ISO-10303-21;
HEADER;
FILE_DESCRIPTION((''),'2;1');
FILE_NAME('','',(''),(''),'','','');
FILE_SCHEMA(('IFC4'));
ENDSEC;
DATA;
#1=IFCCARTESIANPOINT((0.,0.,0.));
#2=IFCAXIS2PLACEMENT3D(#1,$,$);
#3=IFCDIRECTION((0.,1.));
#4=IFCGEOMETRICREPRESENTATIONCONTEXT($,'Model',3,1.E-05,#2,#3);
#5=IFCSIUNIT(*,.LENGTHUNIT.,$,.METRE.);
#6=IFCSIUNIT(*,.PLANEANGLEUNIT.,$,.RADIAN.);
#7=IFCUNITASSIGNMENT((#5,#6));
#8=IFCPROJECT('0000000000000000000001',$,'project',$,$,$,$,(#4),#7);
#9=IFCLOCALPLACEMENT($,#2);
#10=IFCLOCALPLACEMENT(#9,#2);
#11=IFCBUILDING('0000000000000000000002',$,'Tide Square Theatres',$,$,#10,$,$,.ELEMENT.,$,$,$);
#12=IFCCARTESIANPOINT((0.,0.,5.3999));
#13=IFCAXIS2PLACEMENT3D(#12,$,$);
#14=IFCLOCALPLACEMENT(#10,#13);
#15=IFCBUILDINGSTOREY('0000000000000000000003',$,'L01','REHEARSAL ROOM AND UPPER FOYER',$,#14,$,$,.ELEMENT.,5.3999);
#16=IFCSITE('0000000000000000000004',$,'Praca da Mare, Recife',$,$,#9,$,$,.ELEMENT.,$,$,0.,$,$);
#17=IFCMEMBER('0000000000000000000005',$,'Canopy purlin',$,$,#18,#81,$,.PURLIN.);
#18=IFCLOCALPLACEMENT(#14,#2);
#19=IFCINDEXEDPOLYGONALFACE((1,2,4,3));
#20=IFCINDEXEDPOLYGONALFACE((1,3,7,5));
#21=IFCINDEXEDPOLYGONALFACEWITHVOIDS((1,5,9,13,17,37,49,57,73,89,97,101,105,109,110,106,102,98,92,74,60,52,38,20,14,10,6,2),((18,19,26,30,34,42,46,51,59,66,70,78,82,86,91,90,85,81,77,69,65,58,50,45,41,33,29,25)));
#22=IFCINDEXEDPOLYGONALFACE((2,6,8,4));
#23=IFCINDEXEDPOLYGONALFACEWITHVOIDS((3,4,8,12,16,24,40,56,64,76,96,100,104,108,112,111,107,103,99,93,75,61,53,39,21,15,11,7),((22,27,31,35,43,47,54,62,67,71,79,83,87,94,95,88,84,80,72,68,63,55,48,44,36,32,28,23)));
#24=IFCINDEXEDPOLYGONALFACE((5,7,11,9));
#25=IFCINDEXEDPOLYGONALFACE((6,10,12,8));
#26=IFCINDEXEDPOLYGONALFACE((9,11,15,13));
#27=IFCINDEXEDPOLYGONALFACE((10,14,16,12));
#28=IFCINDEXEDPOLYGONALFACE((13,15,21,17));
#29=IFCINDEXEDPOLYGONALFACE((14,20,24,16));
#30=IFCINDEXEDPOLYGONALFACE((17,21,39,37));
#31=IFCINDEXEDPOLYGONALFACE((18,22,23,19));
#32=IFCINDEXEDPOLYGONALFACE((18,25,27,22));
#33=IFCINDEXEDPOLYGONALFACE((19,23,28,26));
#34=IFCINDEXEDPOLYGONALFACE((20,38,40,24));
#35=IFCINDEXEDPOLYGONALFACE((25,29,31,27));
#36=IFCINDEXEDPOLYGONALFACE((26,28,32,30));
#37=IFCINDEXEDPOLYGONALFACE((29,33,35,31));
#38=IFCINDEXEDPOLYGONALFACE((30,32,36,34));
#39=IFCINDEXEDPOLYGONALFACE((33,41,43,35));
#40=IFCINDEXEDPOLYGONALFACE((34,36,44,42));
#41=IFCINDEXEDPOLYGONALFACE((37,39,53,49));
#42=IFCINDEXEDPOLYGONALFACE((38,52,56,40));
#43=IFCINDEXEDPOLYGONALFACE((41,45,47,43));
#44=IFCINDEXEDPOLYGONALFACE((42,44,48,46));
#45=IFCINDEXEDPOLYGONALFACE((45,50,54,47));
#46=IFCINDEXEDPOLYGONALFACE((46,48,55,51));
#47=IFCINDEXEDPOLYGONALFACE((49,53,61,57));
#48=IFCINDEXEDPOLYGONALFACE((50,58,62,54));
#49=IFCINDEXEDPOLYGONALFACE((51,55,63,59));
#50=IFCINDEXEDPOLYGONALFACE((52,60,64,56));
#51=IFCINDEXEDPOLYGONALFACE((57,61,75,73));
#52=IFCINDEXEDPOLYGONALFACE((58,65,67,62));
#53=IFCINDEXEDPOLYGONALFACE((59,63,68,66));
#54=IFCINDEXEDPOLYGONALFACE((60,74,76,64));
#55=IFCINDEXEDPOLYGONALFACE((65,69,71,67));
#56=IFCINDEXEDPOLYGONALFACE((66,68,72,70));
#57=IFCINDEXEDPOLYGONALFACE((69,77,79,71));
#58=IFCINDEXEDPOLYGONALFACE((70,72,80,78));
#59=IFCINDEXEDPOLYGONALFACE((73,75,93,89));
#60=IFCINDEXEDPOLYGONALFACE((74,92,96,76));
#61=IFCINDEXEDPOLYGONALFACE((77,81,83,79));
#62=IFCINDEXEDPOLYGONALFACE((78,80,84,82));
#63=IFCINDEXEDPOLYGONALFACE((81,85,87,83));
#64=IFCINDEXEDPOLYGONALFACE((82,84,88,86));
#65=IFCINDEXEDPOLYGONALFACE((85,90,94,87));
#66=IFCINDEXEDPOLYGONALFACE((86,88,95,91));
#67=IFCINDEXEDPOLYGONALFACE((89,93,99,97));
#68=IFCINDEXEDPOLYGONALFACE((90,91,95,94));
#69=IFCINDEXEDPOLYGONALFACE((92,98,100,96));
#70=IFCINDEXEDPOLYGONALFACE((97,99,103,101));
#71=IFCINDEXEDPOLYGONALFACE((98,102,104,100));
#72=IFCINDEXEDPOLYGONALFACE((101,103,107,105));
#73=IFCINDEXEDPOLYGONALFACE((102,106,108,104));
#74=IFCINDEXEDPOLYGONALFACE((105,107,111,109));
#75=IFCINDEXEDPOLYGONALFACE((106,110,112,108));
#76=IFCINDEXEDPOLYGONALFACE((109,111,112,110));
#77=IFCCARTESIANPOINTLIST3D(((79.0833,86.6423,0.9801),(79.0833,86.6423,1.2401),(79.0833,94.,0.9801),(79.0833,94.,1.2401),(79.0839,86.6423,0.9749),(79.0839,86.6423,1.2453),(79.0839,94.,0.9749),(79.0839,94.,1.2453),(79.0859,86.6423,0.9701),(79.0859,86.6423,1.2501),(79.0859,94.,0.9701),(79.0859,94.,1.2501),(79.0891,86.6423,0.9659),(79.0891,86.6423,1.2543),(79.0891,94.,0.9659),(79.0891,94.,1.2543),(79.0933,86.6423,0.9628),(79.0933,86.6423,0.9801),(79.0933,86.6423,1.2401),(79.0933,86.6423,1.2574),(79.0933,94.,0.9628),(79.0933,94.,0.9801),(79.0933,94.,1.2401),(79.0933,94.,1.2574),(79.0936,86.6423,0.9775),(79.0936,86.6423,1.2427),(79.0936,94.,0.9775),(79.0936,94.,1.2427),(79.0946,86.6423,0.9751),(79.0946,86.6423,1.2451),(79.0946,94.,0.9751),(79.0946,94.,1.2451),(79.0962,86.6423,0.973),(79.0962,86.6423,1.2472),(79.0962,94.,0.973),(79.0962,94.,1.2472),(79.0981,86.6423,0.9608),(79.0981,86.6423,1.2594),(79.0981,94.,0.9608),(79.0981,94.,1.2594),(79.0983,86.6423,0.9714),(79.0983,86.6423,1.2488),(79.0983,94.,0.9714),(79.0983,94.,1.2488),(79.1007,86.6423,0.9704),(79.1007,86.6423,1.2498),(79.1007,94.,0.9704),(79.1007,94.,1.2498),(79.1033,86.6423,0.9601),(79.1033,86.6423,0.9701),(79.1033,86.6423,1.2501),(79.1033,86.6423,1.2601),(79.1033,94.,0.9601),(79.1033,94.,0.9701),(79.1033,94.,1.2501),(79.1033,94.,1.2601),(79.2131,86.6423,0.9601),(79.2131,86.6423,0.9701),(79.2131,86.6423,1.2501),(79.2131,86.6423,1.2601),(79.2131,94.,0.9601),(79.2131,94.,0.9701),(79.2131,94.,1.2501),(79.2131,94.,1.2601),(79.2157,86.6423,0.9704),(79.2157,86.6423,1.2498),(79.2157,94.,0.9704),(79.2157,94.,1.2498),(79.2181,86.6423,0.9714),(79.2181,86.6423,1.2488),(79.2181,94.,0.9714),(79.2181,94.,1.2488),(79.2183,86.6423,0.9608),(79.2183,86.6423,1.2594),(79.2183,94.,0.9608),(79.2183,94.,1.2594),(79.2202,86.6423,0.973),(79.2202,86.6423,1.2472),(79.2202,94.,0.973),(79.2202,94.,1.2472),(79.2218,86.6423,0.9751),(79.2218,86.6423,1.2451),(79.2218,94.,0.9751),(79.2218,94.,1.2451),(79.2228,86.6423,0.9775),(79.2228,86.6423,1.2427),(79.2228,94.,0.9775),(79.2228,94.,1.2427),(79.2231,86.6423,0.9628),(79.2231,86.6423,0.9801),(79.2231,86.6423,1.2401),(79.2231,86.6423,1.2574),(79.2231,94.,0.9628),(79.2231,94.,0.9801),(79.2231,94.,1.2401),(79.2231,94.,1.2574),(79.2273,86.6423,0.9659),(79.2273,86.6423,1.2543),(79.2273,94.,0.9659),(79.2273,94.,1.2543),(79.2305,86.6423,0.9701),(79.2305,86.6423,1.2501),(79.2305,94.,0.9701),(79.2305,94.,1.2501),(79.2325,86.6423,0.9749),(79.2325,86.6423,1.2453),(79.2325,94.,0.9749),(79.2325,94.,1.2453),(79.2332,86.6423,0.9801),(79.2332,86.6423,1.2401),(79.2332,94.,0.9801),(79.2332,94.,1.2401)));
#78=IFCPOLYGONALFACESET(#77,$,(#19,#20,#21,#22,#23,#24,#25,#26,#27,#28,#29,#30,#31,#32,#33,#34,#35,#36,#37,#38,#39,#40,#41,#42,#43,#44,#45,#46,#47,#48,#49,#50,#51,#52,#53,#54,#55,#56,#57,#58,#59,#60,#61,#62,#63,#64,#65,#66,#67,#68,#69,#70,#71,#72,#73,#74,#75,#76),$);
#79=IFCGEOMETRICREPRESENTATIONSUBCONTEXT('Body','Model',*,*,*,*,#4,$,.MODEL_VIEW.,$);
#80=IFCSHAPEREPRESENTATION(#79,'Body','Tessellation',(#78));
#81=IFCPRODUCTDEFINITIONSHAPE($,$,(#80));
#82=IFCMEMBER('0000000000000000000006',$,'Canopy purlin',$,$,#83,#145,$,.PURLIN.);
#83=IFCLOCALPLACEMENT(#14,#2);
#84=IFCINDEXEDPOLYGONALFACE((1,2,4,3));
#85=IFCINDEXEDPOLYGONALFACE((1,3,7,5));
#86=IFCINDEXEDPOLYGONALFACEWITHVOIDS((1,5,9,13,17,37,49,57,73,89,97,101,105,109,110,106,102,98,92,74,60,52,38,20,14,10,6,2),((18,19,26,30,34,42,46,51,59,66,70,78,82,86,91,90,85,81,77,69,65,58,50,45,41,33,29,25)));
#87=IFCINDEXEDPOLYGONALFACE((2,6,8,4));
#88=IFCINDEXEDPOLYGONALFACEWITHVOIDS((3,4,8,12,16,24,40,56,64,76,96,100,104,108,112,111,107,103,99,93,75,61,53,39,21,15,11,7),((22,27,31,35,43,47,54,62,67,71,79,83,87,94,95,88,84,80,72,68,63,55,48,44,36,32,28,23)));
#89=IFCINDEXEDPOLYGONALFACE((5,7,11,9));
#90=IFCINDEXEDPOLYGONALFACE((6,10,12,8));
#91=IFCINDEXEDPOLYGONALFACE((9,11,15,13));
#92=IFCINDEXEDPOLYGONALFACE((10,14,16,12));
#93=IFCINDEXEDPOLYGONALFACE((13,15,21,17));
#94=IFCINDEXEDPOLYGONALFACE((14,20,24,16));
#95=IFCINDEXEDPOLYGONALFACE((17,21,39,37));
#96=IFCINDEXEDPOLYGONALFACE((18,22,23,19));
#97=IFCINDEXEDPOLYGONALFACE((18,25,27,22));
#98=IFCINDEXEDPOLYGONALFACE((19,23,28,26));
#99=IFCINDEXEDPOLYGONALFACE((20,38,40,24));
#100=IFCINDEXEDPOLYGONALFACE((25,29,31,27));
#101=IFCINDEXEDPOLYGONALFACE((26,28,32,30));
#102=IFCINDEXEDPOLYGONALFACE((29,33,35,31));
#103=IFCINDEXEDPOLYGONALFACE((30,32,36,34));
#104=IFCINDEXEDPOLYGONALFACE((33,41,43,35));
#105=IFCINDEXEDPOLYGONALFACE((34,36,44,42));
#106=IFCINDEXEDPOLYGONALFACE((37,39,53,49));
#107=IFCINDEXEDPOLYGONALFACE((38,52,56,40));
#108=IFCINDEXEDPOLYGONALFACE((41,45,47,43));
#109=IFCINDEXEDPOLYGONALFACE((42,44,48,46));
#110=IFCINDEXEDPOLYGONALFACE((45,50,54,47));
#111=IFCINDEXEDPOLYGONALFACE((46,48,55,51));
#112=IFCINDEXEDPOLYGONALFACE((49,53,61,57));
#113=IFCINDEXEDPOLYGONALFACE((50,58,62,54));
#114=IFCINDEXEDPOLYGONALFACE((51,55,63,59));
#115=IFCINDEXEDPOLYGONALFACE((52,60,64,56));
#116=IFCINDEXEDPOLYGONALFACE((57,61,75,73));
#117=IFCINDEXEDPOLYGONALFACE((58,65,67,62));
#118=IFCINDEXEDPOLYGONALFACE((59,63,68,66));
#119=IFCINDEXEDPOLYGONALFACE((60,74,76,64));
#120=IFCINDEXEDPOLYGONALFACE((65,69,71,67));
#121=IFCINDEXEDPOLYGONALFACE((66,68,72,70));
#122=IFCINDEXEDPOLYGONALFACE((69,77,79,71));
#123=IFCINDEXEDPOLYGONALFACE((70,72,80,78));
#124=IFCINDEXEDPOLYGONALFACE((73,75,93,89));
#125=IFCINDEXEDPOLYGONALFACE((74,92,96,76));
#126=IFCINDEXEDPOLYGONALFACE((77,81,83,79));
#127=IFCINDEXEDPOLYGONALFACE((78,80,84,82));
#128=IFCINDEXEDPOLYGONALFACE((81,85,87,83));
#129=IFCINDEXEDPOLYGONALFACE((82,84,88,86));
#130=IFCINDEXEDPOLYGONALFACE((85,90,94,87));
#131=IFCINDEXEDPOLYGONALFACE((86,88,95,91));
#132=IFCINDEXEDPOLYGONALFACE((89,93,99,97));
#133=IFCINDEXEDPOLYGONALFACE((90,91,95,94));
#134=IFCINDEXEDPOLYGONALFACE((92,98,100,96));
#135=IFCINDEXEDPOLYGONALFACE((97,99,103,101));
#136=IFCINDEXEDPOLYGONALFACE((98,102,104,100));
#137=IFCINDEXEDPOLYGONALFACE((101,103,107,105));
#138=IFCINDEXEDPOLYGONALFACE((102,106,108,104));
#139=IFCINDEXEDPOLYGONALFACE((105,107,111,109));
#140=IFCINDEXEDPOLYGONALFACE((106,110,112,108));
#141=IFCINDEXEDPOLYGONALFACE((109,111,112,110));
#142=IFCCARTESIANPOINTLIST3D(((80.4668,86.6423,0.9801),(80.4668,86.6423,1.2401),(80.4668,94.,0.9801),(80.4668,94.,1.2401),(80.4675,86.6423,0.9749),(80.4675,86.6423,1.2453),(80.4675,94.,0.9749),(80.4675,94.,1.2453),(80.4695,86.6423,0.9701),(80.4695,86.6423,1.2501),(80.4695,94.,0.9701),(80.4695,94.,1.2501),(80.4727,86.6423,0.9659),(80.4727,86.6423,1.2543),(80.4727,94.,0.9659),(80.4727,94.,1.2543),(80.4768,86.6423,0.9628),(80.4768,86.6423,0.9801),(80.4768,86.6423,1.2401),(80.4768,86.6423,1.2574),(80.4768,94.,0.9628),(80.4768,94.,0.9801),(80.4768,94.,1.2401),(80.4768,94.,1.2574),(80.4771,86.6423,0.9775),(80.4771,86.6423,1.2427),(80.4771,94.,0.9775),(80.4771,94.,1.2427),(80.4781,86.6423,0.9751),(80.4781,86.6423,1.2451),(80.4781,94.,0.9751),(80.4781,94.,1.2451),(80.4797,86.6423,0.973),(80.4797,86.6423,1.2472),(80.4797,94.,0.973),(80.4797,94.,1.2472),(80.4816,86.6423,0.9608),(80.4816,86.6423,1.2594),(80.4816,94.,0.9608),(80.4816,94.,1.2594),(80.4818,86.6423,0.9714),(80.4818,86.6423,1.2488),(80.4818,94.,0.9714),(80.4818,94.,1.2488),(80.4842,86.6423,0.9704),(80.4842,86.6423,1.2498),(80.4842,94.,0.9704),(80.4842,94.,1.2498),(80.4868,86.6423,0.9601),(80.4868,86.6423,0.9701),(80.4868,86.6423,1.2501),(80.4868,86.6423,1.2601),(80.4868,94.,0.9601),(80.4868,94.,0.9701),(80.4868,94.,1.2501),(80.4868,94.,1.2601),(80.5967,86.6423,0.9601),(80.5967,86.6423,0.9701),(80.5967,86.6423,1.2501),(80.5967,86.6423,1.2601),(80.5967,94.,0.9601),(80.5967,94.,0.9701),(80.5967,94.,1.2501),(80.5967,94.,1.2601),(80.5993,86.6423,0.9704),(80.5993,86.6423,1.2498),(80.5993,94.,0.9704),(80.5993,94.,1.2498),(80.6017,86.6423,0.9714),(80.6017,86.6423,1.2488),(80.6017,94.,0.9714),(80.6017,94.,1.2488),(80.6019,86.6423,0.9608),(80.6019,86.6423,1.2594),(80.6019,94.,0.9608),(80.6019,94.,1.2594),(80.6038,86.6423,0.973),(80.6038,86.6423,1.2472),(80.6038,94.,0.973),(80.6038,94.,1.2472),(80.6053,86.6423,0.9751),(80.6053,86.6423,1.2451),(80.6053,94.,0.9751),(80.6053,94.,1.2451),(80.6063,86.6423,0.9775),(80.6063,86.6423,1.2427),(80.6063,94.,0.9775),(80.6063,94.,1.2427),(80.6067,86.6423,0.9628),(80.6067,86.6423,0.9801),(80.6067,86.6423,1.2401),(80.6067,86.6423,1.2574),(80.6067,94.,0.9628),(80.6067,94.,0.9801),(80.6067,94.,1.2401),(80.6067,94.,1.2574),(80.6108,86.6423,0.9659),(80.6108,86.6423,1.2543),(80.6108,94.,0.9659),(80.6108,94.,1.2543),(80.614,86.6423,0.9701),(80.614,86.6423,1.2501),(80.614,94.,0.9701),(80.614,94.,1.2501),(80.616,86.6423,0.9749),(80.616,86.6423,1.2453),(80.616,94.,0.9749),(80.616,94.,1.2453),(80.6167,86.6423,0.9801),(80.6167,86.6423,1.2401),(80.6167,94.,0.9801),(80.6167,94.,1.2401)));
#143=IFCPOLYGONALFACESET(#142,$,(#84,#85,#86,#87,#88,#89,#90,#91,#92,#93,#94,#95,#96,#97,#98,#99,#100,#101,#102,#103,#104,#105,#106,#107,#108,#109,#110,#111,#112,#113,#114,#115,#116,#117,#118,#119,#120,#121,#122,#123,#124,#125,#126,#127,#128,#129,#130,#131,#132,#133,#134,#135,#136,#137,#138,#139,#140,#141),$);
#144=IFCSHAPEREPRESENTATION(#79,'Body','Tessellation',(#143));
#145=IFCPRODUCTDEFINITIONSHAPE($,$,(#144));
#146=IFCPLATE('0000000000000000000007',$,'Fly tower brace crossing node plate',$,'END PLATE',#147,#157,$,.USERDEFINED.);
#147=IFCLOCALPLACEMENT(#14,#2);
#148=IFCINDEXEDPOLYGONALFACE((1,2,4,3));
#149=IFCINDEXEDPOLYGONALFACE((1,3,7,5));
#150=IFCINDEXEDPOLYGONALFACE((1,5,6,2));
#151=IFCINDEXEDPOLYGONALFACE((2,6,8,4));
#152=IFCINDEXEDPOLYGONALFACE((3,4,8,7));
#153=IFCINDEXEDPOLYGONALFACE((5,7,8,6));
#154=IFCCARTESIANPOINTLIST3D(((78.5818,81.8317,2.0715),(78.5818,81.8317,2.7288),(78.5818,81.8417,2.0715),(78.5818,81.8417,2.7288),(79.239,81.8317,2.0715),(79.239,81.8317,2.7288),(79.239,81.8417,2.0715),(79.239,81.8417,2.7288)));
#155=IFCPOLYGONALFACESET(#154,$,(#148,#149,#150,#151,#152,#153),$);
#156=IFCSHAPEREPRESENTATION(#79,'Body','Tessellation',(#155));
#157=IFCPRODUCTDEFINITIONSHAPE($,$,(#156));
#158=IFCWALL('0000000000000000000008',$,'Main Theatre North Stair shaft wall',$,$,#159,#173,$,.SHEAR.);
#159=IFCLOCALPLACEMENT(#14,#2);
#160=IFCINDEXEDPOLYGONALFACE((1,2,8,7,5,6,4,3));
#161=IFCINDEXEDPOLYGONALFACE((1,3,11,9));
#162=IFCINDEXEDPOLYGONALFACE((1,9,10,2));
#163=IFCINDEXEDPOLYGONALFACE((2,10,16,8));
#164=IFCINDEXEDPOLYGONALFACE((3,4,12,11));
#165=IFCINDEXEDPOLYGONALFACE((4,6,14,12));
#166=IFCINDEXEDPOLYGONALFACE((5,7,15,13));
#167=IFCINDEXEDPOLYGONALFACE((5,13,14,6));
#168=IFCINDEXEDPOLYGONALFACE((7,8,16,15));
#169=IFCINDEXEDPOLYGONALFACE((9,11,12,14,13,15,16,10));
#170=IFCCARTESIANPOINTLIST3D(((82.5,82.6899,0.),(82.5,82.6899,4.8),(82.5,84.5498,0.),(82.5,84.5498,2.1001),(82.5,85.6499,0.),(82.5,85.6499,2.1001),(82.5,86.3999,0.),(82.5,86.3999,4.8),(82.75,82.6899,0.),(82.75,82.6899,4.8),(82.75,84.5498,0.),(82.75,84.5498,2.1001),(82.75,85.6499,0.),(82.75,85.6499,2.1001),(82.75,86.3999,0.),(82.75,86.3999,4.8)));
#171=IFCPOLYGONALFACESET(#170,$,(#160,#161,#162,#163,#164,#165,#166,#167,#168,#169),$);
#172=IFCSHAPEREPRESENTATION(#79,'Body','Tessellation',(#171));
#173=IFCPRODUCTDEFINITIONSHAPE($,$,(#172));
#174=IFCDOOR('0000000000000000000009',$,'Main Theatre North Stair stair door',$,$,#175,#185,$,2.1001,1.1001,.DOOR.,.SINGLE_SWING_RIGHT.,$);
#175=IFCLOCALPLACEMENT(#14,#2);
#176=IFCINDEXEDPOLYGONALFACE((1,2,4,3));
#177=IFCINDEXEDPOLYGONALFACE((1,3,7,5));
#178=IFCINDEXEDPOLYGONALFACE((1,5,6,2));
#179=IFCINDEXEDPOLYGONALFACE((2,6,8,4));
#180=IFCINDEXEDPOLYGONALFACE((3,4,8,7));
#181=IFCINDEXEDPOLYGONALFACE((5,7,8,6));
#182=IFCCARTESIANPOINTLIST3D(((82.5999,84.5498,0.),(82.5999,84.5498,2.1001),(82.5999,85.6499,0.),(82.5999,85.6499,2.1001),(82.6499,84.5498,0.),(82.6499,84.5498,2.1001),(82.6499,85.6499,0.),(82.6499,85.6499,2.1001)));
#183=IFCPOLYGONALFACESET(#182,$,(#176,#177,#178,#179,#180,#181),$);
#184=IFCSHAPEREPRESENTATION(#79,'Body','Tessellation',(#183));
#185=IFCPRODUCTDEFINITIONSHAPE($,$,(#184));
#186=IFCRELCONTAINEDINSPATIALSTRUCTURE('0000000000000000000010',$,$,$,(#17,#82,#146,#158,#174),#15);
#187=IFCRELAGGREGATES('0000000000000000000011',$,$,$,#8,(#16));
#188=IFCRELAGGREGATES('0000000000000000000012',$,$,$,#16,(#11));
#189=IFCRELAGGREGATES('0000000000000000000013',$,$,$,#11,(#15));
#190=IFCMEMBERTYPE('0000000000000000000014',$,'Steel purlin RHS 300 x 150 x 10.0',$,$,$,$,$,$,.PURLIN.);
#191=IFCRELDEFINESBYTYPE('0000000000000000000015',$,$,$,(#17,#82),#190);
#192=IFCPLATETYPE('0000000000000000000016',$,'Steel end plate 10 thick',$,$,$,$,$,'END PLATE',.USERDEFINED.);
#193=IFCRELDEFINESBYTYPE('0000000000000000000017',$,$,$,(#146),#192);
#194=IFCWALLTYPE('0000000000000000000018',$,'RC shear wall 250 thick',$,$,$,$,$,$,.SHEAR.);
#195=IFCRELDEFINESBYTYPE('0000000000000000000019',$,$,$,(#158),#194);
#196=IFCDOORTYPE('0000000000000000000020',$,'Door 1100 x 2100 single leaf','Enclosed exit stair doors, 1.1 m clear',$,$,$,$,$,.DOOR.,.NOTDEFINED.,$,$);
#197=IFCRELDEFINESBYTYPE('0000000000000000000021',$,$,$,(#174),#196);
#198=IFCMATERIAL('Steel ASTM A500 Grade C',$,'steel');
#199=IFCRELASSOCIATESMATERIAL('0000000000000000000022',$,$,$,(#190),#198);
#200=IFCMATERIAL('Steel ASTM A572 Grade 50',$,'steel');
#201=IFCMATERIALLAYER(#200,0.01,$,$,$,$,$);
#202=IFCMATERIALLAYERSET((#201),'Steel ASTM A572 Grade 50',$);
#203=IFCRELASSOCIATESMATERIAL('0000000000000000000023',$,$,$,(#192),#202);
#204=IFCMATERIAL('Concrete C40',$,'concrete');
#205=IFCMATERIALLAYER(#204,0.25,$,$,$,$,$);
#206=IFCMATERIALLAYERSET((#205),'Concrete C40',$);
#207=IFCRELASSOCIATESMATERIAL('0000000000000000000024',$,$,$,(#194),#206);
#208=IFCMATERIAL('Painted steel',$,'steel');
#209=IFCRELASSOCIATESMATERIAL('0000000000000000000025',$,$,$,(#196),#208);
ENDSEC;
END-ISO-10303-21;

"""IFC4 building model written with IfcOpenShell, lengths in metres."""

from ifc_helpers import new_model, si_unit, direction, frame, frame_2d, origin, origin_2d, place, context, subcontext, project, spatial, rectangle, hollow_rectangle, extrude, material, layer, layer_set, material_profile, profile_set, type_object, element, fill, save


model = new_model("IFC4")

# Units and contexts
model_context = context("Model", 3, precision=1e-05, world=origin(), true_north=direction((0.0, 1.0)))
body_context = subcontext(model_context, "Body", "Model", "MODEL_VIEW")
ifc_project = project(units=[si_unit("LENGTHUNIT", "METRE"), si_unit("PLANEANGLEUNIT", "RADIAN")], contexts=[model_context])

# Site, building, storey
site_placement = place(None, origin())
site = spatial("IfcSite", under=ifc_project, at=site_placement, Name="Praca da Mare, Recife", CompositionType="ELEMENT", RefElevation=0.0)
building_placement = place(site_placement, origin())
building = spatial("IfcBuilding", under=site, at=building_placement, Name="Tide Square Theatres", CompositionType="ELEMENT")
storey_placement = place(building_placement, frame((0.0, 0.0, 5.3999)))
storey = spatial("IfcBuildingStorey", under=building, at=storey_placement, Name="L01", Description="REHEARSAL ROOM AND UPPER FOYER", CompositionType="ELEMENT", Elevation=5.3999)

# Members
ifc_material_1 = material(Name="Steel ASTM A500 Grade C", Category="steel")
ifc_material_profile_1 = material_profile(ifc_material_1, hollow_rectangle(XDim=0.1499, YDim=0.3, WallThickness=0.01, InnerFilletRadius=0.01, OuterFilletRadius=0.02, at=origin_2d()))
ifc_profile_set_1 = profile_set([ifc_material_profile_1], Name="Steel ASTM A500 Grade C")
member_type_1 = type_object("IfcMemberType", Name="Steel purlin RHS 300 x 150 x 10.0", PredefinedType="PURLIN", material=ifc_profile_set_1)
for number, where, z_axis, x_axis, name in (
    (1, (79.1582, 86.6423, 1.1101), (0.0, 1.0, 0.0), (-1.0, 0.0, 0.0), "Canopy purlin"),
    (2, (80.5417, 86.6423, 1.1101), (0.0, 1.0, 0.0), (-1.0, 0.0, 0.0), "Canopy purlin"),
):
    element("IfcMember", number, at=place(storey_placement, frame(where, z_axis=z_axis, x_axis=x_axis)), inside=storey, type_object=member_type_1, Name=name, PredefinedType="PURLIN", context=body_context, shape_type="SweptSolid", body=[
        extrude(hollow_rectangle(XDim=0.1499, YDim=0.3, WallThickness=0.01, InnerFilletRadius=0.01, OuterFilletRadius=0.02, at=origin_2d()), origin(), (0.0, 0.0, 1.0), 7.3577),
    ])

# Plate
ifc_material_2 = material(Name="Steel ASTM A572 Grade 50", Category="steel")
ifc_layer_1 = layer(ifc_material_2, 0.01)
ifc_layer_set_1 = layer_set([ifc_layer_1], Name="Steel ASTM A572 Grade 50")
plate_type = type_object("IfcPlateType", Name="Steel end plate 10 thick", ElementType="END PLATE", PredefinedType="USERDEFINED", material=ifc_layer_set_1)
plate_placement = place(storey_placement, frame((78.9104, 81.8367, 2.0715), z_axis=(0.0, 0.0, 1.0), x_axis=(0.0, 1.0, 0.0)))
element("IfcPlate", 3, at=plate_placement, inside=storey, type_object=plate_type, Name="Fly tower brace crossing node plate", ObjectType="END PLATE", PredefinedType="USERDEFINED", context=body_context, shape_type="SweptSolid", body=[
    extrude(rectangle(XDim=0.01, YDim=0.6572, at=origin_2d()), origin(), (0.0, 0.0, 1.0), 0.6572),
])

# Wall, opening, door
ifc_material_3 = material(Name="Concrete C40", Category="concrete")
ifc_layer_2 = layer(ifc_material_3, 0.25)
ifc_layer_set_2 = layer_set([ifc_layer_2], Name="Concrete C40")
wall_type = type_object("IfcWallType", Name="RC shear wall 250 thick", PredefinedType="SHEAR", material=ifc_layer_set_2)
wall_placement = place(storey_placement, frame((82.625, 86.3999, 0.0), z_axis=(0.0, 0.0, 1.0), x_axis=(0.0, -1.0, 0.0)))
wall = element("IfcWall", 4, at=wall_placement, inside=storey, type_object=wall_type, Name="Main Theatre North Stair shaft wall", PredefinedType="SHEAR", context=body_context, shape_type="SweptSolid", body=[
    extrude(rectangle(XDim=3.71, YDim=0.25, at=frame_2d((1.855, 0.0))), origin(), (0.0, 0.0, 1.0), 4.8),
])
opening_placement = place(wall_placement, frame((0.75, 0.0, 0.0)))
opening = element("IfcOpeningElement", 5, at=opening_placement, cuts=wall, PredefinedType="OPENING", context=body_context, shape_type="SweptSolid", body=[
    extrude(rectangle(XDim=1.1001, YDim=2.1001, at=frame_2d((0.55, 1.05))), frame((0.0, 0.135, 0.0), z_axis=(0.0, -1.0, 0.0), x_axis=(1.0, 0.0, 0.0)), (0.0, 0.0, 1.0), 0.27),
])
ifc_material_4 = material(Name="Painted steel", Category="steel")
door_type = type_object("IfcDoorType", Name="Door 1100 x 2100 single leaf", Description="Enclosed exit stair doors, 1.1 m clear", OperationType="NOTDEFINED", PredefinedType="DOOR", material=ifc_material_4)
door_placement = place(opening_placement, origin())
door = element("IfcDoor", 6, at=door_placement, inside=storey, type_object=door_type, Name="Main Theatre North Stair stair door", OperationType="SINGLE_SWING_RIGHT", OverallHeight=2.1001, OverallWidth=1.1001, PredefinedType="DOOR", context=body_context, shape_type="SweptSolid", body=[
    extrude(rectangle(XDim=1.1001, YDim=2.1001, at=frame_2d((0.55, 1.05))), frame((0.0, 0.0249, 0.0), z_axis=(0.0, -1.0, 0.0), x_axis=(1.0, 0.0, 0.0)), (0.0, 0.0, 1.0), 0.05),
])
fill(opening, door)

save(model, "model.ifc")
